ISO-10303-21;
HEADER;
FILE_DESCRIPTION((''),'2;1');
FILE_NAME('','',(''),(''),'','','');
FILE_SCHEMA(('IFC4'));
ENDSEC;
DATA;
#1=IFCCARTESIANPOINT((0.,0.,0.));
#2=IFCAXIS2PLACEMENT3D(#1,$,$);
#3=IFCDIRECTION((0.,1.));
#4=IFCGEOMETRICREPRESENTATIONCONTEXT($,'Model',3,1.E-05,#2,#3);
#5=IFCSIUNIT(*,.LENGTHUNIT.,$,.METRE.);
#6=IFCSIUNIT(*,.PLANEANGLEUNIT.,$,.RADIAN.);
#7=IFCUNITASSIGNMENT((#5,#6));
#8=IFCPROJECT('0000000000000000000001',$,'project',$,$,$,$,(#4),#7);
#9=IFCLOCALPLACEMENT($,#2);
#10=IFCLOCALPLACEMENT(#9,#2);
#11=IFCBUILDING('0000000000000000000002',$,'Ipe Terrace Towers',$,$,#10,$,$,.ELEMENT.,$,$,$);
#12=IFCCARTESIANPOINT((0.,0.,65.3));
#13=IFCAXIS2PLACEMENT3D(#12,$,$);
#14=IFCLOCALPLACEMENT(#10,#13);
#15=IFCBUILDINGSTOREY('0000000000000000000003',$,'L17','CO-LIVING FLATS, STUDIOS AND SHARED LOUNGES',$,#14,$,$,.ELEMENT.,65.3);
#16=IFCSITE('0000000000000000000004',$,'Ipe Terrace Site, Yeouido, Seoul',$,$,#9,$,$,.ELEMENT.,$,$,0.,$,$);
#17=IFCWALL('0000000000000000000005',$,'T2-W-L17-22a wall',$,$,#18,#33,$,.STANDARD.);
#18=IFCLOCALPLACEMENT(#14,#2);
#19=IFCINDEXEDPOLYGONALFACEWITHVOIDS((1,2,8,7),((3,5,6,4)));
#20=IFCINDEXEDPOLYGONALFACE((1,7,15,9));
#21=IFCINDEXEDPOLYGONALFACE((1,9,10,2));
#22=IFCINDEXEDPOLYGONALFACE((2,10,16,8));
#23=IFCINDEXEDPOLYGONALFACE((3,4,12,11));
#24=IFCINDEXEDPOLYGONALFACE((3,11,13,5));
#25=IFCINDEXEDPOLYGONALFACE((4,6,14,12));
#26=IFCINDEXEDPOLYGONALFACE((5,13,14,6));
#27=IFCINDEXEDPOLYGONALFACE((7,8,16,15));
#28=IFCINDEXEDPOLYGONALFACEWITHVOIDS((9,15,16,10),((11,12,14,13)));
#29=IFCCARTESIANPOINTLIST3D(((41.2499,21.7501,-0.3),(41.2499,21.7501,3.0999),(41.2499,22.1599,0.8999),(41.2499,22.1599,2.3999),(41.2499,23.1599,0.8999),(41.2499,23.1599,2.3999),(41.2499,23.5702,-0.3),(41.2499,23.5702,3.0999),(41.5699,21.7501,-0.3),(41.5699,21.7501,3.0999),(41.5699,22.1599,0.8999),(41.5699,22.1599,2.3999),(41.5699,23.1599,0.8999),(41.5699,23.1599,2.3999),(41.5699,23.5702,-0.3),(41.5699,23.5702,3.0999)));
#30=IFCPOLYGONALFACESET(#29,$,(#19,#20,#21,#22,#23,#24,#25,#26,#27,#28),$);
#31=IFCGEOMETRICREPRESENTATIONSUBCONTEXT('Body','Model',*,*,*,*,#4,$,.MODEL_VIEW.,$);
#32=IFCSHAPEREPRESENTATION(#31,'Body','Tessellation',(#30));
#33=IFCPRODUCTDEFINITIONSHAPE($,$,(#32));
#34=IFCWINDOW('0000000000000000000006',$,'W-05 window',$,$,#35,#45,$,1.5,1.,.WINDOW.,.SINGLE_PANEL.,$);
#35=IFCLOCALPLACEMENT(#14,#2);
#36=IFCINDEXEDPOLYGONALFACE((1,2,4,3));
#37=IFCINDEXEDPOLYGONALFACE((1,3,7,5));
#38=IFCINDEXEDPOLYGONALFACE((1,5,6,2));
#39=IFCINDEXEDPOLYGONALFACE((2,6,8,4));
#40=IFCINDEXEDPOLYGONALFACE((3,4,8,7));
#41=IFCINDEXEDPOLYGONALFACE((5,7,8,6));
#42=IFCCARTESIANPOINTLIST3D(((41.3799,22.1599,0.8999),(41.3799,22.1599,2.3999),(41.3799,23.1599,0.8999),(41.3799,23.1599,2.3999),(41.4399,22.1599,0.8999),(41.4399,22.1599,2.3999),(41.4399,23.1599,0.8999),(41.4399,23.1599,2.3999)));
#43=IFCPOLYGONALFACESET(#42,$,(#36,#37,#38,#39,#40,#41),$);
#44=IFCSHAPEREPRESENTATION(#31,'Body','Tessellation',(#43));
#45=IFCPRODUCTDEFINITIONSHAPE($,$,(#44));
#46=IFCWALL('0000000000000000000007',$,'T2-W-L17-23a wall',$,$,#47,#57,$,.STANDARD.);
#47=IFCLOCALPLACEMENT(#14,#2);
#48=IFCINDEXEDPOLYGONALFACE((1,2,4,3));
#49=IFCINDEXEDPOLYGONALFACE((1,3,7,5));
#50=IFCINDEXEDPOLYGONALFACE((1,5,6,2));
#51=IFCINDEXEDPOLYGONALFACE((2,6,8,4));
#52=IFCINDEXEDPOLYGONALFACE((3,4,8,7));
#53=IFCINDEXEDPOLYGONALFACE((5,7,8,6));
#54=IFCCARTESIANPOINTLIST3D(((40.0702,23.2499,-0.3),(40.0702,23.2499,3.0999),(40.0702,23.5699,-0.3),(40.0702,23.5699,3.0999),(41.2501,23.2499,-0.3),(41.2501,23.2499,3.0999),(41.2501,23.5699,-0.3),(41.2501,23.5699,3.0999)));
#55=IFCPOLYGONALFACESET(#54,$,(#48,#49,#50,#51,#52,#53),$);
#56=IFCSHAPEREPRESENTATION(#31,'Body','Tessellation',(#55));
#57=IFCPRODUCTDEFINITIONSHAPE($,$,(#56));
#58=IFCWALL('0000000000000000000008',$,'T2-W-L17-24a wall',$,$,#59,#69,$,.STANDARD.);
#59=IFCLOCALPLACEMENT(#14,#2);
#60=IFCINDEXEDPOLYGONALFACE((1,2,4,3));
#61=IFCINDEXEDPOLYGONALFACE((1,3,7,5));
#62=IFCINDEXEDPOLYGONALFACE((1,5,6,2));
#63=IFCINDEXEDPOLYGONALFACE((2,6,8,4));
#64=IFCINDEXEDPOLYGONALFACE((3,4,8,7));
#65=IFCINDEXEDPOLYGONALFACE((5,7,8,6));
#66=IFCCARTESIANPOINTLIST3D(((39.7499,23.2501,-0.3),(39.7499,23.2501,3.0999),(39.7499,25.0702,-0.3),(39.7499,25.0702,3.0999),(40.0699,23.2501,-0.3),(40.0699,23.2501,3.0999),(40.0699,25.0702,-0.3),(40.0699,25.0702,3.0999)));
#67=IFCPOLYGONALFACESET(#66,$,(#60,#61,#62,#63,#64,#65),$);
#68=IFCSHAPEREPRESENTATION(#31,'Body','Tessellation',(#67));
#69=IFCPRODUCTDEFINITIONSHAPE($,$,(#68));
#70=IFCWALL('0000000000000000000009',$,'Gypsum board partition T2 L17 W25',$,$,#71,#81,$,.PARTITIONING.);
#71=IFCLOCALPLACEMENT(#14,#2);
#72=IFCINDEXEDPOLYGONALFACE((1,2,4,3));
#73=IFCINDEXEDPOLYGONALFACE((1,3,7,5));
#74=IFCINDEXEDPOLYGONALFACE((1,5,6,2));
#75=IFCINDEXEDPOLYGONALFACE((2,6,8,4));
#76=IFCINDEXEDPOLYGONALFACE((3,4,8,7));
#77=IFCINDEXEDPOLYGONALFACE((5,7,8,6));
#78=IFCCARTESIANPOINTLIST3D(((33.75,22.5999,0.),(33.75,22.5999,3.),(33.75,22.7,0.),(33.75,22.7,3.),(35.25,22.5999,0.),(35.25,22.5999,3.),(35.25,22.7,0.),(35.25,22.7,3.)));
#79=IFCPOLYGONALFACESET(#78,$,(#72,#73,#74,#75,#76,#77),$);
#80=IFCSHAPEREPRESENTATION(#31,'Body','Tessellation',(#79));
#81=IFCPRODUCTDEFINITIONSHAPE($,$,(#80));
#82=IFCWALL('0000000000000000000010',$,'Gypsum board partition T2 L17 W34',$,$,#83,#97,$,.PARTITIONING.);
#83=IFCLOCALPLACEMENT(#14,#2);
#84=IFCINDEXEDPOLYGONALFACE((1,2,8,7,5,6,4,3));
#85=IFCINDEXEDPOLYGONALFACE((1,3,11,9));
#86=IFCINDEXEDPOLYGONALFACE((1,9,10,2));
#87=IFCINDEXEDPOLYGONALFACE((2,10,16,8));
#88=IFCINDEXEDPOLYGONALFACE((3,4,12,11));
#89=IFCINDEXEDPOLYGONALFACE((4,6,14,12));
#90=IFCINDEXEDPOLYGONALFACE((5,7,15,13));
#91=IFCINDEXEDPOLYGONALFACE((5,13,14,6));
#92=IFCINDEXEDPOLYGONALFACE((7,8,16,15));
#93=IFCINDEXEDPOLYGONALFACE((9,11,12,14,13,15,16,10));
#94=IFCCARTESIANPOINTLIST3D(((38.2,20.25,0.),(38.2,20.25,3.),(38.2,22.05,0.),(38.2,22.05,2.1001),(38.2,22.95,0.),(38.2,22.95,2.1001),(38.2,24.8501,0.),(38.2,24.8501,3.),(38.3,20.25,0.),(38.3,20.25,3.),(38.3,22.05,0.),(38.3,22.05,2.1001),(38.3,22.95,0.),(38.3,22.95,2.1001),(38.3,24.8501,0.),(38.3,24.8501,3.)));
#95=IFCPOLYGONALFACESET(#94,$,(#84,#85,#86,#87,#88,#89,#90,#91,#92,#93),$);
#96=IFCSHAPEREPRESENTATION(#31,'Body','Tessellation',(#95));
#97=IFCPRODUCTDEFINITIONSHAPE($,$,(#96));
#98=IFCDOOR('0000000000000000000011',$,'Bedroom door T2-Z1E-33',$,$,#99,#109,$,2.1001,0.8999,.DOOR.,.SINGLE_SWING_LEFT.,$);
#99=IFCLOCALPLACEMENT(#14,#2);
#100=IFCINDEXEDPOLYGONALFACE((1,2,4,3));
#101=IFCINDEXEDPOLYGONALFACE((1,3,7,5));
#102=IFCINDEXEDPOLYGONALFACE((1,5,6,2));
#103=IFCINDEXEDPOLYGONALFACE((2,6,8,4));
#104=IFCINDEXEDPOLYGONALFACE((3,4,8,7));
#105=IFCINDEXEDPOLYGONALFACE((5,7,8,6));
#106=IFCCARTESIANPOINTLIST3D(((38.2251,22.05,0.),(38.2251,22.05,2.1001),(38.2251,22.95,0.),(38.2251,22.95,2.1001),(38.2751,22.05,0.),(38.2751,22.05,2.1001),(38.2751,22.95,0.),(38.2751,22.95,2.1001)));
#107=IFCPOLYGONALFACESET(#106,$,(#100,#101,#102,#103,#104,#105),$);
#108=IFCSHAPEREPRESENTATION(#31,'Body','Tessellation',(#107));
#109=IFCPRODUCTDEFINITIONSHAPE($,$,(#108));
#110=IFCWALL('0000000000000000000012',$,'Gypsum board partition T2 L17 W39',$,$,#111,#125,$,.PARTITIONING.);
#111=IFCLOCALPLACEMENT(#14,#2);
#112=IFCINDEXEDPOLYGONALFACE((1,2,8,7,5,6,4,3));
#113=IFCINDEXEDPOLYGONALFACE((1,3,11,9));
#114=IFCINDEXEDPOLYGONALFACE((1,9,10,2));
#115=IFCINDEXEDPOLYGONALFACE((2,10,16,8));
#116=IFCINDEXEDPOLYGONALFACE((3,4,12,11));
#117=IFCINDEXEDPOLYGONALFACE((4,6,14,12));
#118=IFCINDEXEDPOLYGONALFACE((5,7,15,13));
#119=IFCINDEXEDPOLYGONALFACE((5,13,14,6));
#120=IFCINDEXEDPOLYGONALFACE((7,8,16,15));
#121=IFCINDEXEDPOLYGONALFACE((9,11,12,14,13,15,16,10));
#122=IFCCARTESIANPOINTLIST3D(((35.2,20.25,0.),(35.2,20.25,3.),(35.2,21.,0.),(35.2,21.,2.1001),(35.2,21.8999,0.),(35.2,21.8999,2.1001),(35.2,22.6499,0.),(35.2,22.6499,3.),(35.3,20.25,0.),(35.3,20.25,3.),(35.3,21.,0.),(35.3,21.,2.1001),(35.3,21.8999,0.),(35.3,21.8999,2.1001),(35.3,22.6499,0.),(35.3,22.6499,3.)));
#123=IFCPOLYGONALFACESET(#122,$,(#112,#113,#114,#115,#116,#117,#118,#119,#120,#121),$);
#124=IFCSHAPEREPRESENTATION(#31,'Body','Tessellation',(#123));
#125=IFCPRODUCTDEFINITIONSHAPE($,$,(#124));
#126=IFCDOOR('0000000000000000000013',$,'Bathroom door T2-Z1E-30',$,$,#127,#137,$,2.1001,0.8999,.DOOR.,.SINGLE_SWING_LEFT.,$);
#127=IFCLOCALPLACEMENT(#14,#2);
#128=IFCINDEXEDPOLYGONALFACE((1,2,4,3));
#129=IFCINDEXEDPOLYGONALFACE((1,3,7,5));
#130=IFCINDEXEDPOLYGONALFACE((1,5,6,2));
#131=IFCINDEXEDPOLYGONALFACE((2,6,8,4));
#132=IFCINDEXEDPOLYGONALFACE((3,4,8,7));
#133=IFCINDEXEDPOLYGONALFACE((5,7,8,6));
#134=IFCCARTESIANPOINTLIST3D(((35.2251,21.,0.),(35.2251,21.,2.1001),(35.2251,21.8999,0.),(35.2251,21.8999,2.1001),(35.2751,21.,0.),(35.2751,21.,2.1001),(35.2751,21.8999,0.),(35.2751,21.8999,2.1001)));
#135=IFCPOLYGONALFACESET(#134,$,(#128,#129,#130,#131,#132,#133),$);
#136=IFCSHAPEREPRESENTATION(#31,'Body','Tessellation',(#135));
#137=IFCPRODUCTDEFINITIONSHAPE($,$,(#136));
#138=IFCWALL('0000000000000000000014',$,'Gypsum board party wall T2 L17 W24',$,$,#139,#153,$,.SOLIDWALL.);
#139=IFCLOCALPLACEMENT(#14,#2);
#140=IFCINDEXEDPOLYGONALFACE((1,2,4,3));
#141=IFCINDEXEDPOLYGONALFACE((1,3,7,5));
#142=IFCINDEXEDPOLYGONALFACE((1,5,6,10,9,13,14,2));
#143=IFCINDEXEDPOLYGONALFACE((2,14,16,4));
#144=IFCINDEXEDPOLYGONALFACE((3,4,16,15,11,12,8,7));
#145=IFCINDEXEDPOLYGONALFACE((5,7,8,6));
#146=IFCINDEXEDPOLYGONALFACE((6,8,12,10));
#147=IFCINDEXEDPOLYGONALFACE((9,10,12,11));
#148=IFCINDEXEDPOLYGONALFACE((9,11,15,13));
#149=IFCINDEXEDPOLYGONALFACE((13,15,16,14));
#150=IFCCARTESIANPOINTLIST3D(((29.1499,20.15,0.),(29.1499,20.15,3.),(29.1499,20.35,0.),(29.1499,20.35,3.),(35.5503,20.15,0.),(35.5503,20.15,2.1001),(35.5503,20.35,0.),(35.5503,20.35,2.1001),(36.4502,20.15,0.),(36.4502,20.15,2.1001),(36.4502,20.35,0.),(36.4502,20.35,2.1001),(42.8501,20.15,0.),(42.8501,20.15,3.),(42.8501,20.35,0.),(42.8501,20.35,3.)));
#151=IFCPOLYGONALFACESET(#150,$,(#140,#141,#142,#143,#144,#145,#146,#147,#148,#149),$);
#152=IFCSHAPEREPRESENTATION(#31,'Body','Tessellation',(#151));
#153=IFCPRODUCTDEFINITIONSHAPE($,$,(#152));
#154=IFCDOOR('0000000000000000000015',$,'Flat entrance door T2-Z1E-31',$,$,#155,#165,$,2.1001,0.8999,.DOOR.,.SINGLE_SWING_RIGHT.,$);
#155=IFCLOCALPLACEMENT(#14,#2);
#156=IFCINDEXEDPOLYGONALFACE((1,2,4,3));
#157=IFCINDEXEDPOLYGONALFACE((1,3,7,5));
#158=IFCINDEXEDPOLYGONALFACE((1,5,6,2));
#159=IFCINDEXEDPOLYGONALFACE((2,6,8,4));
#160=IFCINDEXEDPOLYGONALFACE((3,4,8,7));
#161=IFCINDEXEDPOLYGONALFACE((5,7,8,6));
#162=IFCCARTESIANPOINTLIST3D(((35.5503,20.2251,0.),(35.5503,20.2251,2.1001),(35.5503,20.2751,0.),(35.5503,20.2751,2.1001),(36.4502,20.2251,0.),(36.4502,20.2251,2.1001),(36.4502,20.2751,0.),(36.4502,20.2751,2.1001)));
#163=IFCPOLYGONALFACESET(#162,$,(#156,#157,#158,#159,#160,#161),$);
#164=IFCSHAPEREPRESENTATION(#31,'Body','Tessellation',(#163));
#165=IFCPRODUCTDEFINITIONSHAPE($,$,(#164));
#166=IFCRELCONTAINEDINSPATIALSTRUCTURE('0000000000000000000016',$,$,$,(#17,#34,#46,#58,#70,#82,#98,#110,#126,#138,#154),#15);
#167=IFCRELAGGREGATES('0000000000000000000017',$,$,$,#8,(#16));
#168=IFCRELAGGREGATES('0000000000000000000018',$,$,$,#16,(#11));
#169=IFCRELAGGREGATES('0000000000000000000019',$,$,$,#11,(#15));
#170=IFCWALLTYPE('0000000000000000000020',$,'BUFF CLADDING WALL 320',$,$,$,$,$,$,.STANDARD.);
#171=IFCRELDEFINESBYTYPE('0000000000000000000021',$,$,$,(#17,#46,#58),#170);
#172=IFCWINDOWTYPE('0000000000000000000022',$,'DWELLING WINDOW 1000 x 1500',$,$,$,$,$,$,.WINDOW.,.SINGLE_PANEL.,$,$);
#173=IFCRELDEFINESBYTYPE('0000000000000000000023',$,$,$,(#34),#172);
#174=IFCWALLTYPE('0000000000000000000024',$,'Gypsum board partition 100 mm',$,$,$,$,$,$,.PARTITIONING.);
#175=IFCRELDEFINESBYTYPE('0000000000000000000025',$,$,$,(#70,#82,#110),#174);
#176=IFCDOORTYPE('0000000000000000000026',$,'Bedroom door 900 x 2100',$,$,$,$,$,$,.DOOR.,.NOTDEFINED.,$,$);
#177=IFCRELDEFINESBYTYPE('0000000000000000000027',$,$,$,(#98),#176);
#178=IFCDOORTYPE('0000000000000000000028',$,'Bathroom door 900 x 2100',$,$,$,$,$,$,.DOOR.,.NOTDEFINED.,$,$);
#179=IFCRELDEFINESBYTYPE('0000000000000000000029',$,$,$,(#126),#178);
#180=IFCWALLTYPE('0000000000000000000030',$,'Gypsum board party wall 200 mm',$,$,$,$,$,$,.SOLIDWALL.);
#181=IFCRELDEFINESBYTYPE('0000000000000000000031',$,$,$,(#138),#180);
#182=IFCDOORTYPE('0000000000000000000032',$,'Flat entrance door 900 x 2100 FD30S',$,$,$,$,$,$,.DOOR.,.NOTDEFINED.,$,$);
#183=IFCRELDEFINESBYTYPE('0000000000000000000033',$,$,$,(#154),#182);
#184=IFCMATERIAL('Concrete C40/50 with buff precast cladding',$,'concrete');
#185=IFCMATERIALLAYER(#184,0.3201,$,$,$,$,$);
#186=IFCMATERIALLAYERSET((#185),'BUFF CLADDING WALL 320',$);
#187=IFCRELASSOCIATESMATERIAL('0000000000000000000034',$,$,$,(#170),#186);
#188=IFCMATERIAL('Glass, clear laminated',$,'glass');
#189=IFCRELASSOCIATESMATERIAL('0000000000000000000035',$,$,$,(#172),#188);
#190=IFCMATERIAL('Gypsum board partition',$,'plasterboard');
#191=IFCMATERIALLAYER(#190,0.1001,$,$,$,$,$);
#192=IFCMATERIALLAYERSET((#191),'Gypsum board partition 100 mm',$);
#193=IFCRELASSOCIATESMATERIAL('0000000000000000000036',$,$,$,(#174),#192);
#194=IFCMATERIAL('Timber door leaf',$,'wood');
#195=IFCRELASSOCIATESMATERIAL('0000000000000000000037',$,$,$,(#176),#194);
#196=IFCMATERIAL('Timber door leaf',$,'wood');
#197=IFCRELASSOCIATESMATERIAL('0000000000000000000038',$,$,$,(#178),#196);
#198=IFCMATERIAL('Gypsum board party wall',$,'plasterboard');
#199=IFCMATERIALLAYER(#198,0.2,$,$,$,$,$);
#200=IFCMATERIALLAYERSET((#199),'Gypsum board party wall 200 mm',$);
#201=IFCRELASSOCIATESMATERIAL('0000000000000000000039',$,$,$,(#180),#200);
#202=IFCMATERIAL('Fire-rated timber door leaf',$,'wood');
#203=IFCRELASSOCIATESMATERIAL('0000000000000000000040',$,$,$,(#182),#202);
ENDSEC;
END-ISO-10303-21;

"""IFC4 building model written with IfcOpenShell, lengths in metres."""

from ifc_helpers import new_model, si_unit, direction, frame, frame_2d, origin, place, context, subcontext, project, spatial, rectangle, extrude, material, layer, layer_set, type_object, element, fill, save


model = new_model("IFC4")

# Units and contexts
model_context = context("Model", 3, precision=1e-05, world=origin(), true_north=direction((0.0, 1.0)))
body_context = subcontext(model_context, "Body", "Model", "MODEL_VIEW")
ifc_project = project(units=[si_unit("LENGTHUNIT", "METRE"), si_unit("PLANEANGLEUNIT", "RADIAN")], contexts=[model_context])

# Site, building, storey
site_placement = place(None, origin())
site = spatial("IfcSite", under=ifc_project, at=site_placement, Name="Ipe Terrace Site, Yeouido, Seoul", CompositionType="ELEMENT", RefElevation=0.0)
building_placement = place(site_placement, origin())
building = spatial("IfcBuilding", under=site, at=building_placement, Name="Ipe Terrace Towers", CompositionType="ELEMENT")
storey_placement = place(building_placement, frame((0.0, 0.0, 65.3)))
storey = spatial("IfcBuildingStorey", under=building, at=storey_placement, Name="L17", Description="CO-LIVING FLATS, STUDIOS AND SHARED LOUNGES", CompositionType="ELEMENT", Elevation=65.3)

# Shared definitions
ifc_material_1 = material(Name="Concrete C40/50 with buff precast cladding", Category="concrete")
ifc_layer_1 = layer(ifc_material_1, 0.3201)
ifc_layer_set_1 = layer_set([ifc_layer_1], Name="BUFF CLADDING WALL 320")
wall_type_1 = type_object("IfcWallType", Name="BUFF CLADDING WALL 320", PredefinedType="STANDARD", material=ifc_layer_set_1)

# Wall, opening, window
wall_1_placement = place(storey_placement, frame((41.4099, 21.75, -0.3), z_axis=(0.0, 0.0, 1.0), x_axis=(0.0, 1.0, 0.0)))
wall_1 = element("IfcWall", 1, at=wall_1_placement, inside=storey, type_object=wall_type_1, Name="T2-W-L17-22a wall", PredefinedType="STANDARD", context=body_context, shape_type="SweptSolid", body=[
    extrude(rectangle(XDim=1.8201, YDim=0.3201, at=frame_2d((0.9102, 0.0))), origin(), (0.0, 0.0, 1.0), 3.3999),
])
opening_1_placement = place(wall_1_placement, frame((0.4099, 0.0, 1.2)))
opening_1 = element("IfcOpeningElement", 2, at=opening_1_placement, cuts=wall_1, PredefinedType="OPENING", context=body_context, shape_type="SweptSolid", body=[
    extrude(rectangle(XDim=1.0, YDim=1.5, at=frame_2d((0.5, 0.75))), frame((0.0, 0.1699, 0.0), z_axis=(0.0, -1.0, 0.0), x_axis=(1.0, 0.0, 0.0)), (0.0, 0.0, 1.0), 0.3401),
])
ifc_material_2 = material(Name="Glass, clear laminated", Category="glass")
window_type = type_object("IfcWindowType", Name="DWELLING WINDOW 1000 x 1500", PartitioningType="SINGLE_PANEL", PredefinedType="WINDOW", material=ifc_material_2)
window_placement = place(opening_1_placement, origin())
window = element("IfcWindow", 3, at=window_placement, inside=storey, type_object=window_type, Name="W-05 window", OverallHeight=1.5, OverallWidth=1.0, PartitioningType="SINGLE_PANEL", PredefinedType="WINDOW", context=body_context, shape_type="SweptSolid", body=[
    extrude(rectangle(XDim=1.0, YDim=1.5, at=frame_2d((0.5, 0.75))), frame((0.0, 0.03, 0.0), z_axis=(0.0, -1.0, 0.0), x_axis=(1.0, 0.0, 0.0)), (0.0, 0.0, 1.0), 0.0601),
])
fill(opening_1, window)

# Walls
wall_2_placement = place(storey_placement, frame((41.25, 23.4099, -0.3), z_axis=(0.0, 0.0, 1.0), x_axis=(-1.0, 0.0, 0.0)))
element("IfcWall", 4, at=wall_2_placement, inside=storey, type_object=wall_type_1, Name="T2-W-L17-23a wall", PredefinedType="STANDARD", context=body_context, shape_type="SweptSolid", body=[
    extrude(rectangle(XDim=1.1799, YDim=0.3201, at=frame_2d((0.5898, 0.0))), origin(), (0.0, 0.0, 1.0), 3.3999),
])
wall_3_placement = place(storey_placement, frame((39.9099, 23.25, -0.3), z_axis=(0.0, 0.0, 1.0), x_axis=(0.0, 1.0, 0.0)))
element("IfcWall", 5, at=wall_3_placement, inside=storey, type_object=wall_type_1, Name="T2-W-L17-24a wall", PredefinedType="STANDARD", context=body_context, shape_type="SweptSolid", body=[
    extrude(rectangle(XDim=1.8201, YDim=0.3201, at=frame_2d((0.9102, 0.0))), origin(), (0.0, 0.0, 1.0), 3.3999),
])
ifc_material_3 = material(Name="Gypsum board partition", Category="plasterboard")
ifc_layer_2 = layer(ifc_material_3, 0.1001)
ifc_layer_set_2 = layer_set([ifc_layer_2], Name="Gypsum board partition 100 mm")
wall_type_2 = type_object("IfcWallType", Name="Gypsum board partition 100 mm", PredefinedType="PARTITIONING", material=ifc_layer_set_2)
wall_4_placement = place(storey_placement, frame((35.25, 22.6499, 0.0), z_axis=(0.0, 0.0, 1.0), x_axis=(-1.0, 0.0, 0.0)))
element("IfcWall", 6, at=wall_4_placement, inside=storey, type_object=wall_type_2, Name="Gypsum board partition T2 L17 W25", PredefinedType="PARTITIONING", context=body_context, shape_type="SweptSolid", body=[
    extrude(rectangle(XDim=1.5, YDim=0.1001, at=frame_2d((0.75, 0.0))), origin(), (0.0, 0.0, 1.0), 3.0),
])

# Walls, openings, doors
wall_5_placement = place(storey_placement, frame((38.25, 20.25, 0.0), z_axis=(0.0, 0.0, 1.0), x_axis=(0.0, 1.0, 0.0)))
wall_5 = element("IfcWall", 7, at=wall_5_placement, inside=storey, type_object=wall_type_2, Name="Gypsum board partition T2 L17 W34", PredefinedType="PARTITIONING", context=body_context, shape_type="SweptSolid", body=[
    extrude(rectangle(XDim=4.6001, YDim=0.1001, at=frame_2d((2.3, 0.0))), origin(), (0.0, 0.0, 1.0), 3.0),
])
opening_2_placement = place(wall_5_placement, frame((1.8, 0.0, 0.0)))
opening_2 = element("IfcOpeningElement", 8, at=opening_2_placement, cuts=wall_5, PredefinedType="OPENING", context=body_context, shape_type="SweptSolid", body=[
    extrude(rectangle(XDim=0.8999, YDim=2.1001, at=frame_2d((0.45, 1.05))), frame((0.0, 0.0601, 0.0), z_axis=(0.0, -1.0, 0.0), x_axis=(1.0, 0.0, 0.0)), (0.0, 0.0, 1.0), 0.1201),
])
ifc_material_4 = material(Name="Timber door leaf", Category="wood")
door_type_1 = type_object("IfcDoorType", Name="Bedroom door 900 x 2100", OperationType="NOTDEFINED", PredefinedType="DOOR", material=ifc_material_4)
door_1_placement = place(opening_2_placement, origin())
door_1 = element("IfcDoor", 9, at=door_1_placement, inside=storey, type_object=door_type_1, Name="Bedroom door T2-Z1E-33", OperationType="SINGLE_SWING_LEFT", OverallHeight=2.1001, OverallWidth=0.8999, PredefinedType="DOOR", context=body_context, shape_type="SweptSolid", body=[
    extrude(rectangle(XDim=0.8999, YDim=2.1001, at=frame_2d((0.45, 1.05))), frame((0.0, 0.0249, 0.0), z_axis=(0.0, -1.0, 0.0), x_axis=(1.0, 0.0, 0.0)), (0.0, 0.0, 1.0), 0.05),
])
fill(opening_2, door_1)
wall_6_placement = place(storey_placement, frame((35.25, 20.25, 0.0), z_axis=(0.0, 0.0, 1.0), x_axis=(0.0, 1.0, 0.0)))
wall_6 = element("IfcWall", 10, at=wall_6_placement, inside=storey, type_object=wall_type_2, Name="Gypsum board partition T2 L17 W39", PredefinedType="PARTITIONING", context=body_context, shape_type="SweptSolid", body=[
    extrude(rectangle(XDim=2.3999, YDim=0.1001, at=frame_2d((1.2, 0.0))), origin(), (0.0, 0.0, 1.0), 3.0),
])
opening_3_placement = place(wall_6_placement, frame((0.75, 0.0, 0.0)))
opening_3 = element("IfcOpeningElement", 11, at=opening_3_placement, cuts=wall_6, PredefinedType="OPENING", context=body_context, shape_type="SweptSolid", body=[
    extrude(rectangle(XDim=0.8999, YDim=2.1001, at=frame_2d((0.45, 1.05))), frame((0.0, 0.0601, 0.0), z_axis=(0.0, -1.0, 0.0), x_axis=(1.0, 0.0, 0.0)), (0.0, 0.0, 1.0), 0.1201),
])
ifc_material_5 = material(Name="Timber door leaf", Category="wood")
door_type_2 = type_object("IfcDoorType", Name="Bathroom door 900 x 2100", OperationType="NOTDEFINED", PredefinedType="DOOR", material=ifc_material_5)
door_2_placement = place(opening_3_placement, origin())
door_2 = element("IfcDoor", 12, at=door_2_placement, inside=storey, type_object=door_type_2, Name="Bathroom door T2-Z1E-30", OperationType="SINGLE_SWING_LEFT", OverallHeight=2.1001, OverallWidth=0.8999, PredefinedType="DOOR", context=body_context, shape_type="SweptSolid", body=[
    extrude(rectangle(XDim=0.8999, YDim=2.1001, at=frame_2d((0.45, 1.05))), frame((0.0, 0.0249, 0.0), z_axis=(0.0, -1.0, 0.0), x_axis=(1.0, 0.0, 0.0)), (0.0, 0.0, 1.0), 0.05),
])
fill(opening_3, door_2)
ifc_material_6 = material(Name="Gypsum board party wall", Category="plasterboard")
ifc_layer_3 = layer(ifc_material_6, 0.2)
ifc_layer_set_3 = layer_set([ifc_layer_3], Name="Gypsum board party wall 200 mm")
wall_type_3 = type_object("IfcWallType", Name="Gypsum board party wall 200 mm", PredefinedType="SOLIDWALL", material=ifc_layer_set_3)
wall_7_placement = place(storey_placement, frame((42.8501, 20.25, 0.0), z_axis=(0.0, 0.0, 1.0), x_axis=(-1.0, 0.0, 0.0)))
wall_7 = element("IfcWall", 13, at=wall_7_placement, inside=storey, type_object=wall_type_3, Name="Gypsum board party wall T2 L17 W24", PredefinedType="SOLIDWALL", context=body_context, shape_type="SweptSolid", body=[
    extrude(rectangle(XDim=13.7002, YDim=0.2, at=frame_2d((6.8501, 0.0))), origin(), (0.0, 0.0, 1.0), 3.0),
])
opening_4_placement = place(wall_7_placement, frame((6.3999, 0.0, 0.0)))
opening_4 = element("IfcOpeningElement", 14, at=opening_4_placement, cuts=wall_7, PredefinedType="OPENING", context=body_context, shape_type="SweptSolid", body=[
    extrude(rectangle(XDim=0.8999, YDim=2.1001, at=frame_2d((0.45, 1.05))), frame((0.0, 0.1099, 0.0), z_axis=(0.0, -1.0, 0.0), x_axis=(1.0, 0.0, 0.0)), (0.0, 0.0, 1.0), 0.22),
])
ifc_material_7 = material(Name="Fire-rated timber door leaf", Category="wood")
door_type_3 = type_object("IfcDoorType", Name="Flat entrance door 900 x 2100 FD30S", OperationType="NOTDEFINED", PredefinedType="DOOR", material=ifc_material_7)
door_3_placement = place(opening_4_placement, origin())
door_3 = element("IfcDoor", 15, at=door_3_placement, inside=storey, type_object=door_type_3, Name="Flat entrance door T2-Z1E-31", OperationType="SINGLE_SWING_RIGHT", OverallHeight=2.1001, OverallWidth=0.8999, PredefinedType="DOOR", context=body_context, shape_type="SweptSolid", body=[
    extrude(rectangle(XDim=0.8999, YDim=2.1001, at=frame_2d((0.45, 1.05))), frame((0.0, 0.0249, 0.0), z_axis=(0.0, -1.0, 0.0), x_axis=(1.0, 0.0, 0.0)), (0.0, 0.0, 1.0), 0.05),
])
fill(opening_4, door_3)

save(model, "model.ifc")
